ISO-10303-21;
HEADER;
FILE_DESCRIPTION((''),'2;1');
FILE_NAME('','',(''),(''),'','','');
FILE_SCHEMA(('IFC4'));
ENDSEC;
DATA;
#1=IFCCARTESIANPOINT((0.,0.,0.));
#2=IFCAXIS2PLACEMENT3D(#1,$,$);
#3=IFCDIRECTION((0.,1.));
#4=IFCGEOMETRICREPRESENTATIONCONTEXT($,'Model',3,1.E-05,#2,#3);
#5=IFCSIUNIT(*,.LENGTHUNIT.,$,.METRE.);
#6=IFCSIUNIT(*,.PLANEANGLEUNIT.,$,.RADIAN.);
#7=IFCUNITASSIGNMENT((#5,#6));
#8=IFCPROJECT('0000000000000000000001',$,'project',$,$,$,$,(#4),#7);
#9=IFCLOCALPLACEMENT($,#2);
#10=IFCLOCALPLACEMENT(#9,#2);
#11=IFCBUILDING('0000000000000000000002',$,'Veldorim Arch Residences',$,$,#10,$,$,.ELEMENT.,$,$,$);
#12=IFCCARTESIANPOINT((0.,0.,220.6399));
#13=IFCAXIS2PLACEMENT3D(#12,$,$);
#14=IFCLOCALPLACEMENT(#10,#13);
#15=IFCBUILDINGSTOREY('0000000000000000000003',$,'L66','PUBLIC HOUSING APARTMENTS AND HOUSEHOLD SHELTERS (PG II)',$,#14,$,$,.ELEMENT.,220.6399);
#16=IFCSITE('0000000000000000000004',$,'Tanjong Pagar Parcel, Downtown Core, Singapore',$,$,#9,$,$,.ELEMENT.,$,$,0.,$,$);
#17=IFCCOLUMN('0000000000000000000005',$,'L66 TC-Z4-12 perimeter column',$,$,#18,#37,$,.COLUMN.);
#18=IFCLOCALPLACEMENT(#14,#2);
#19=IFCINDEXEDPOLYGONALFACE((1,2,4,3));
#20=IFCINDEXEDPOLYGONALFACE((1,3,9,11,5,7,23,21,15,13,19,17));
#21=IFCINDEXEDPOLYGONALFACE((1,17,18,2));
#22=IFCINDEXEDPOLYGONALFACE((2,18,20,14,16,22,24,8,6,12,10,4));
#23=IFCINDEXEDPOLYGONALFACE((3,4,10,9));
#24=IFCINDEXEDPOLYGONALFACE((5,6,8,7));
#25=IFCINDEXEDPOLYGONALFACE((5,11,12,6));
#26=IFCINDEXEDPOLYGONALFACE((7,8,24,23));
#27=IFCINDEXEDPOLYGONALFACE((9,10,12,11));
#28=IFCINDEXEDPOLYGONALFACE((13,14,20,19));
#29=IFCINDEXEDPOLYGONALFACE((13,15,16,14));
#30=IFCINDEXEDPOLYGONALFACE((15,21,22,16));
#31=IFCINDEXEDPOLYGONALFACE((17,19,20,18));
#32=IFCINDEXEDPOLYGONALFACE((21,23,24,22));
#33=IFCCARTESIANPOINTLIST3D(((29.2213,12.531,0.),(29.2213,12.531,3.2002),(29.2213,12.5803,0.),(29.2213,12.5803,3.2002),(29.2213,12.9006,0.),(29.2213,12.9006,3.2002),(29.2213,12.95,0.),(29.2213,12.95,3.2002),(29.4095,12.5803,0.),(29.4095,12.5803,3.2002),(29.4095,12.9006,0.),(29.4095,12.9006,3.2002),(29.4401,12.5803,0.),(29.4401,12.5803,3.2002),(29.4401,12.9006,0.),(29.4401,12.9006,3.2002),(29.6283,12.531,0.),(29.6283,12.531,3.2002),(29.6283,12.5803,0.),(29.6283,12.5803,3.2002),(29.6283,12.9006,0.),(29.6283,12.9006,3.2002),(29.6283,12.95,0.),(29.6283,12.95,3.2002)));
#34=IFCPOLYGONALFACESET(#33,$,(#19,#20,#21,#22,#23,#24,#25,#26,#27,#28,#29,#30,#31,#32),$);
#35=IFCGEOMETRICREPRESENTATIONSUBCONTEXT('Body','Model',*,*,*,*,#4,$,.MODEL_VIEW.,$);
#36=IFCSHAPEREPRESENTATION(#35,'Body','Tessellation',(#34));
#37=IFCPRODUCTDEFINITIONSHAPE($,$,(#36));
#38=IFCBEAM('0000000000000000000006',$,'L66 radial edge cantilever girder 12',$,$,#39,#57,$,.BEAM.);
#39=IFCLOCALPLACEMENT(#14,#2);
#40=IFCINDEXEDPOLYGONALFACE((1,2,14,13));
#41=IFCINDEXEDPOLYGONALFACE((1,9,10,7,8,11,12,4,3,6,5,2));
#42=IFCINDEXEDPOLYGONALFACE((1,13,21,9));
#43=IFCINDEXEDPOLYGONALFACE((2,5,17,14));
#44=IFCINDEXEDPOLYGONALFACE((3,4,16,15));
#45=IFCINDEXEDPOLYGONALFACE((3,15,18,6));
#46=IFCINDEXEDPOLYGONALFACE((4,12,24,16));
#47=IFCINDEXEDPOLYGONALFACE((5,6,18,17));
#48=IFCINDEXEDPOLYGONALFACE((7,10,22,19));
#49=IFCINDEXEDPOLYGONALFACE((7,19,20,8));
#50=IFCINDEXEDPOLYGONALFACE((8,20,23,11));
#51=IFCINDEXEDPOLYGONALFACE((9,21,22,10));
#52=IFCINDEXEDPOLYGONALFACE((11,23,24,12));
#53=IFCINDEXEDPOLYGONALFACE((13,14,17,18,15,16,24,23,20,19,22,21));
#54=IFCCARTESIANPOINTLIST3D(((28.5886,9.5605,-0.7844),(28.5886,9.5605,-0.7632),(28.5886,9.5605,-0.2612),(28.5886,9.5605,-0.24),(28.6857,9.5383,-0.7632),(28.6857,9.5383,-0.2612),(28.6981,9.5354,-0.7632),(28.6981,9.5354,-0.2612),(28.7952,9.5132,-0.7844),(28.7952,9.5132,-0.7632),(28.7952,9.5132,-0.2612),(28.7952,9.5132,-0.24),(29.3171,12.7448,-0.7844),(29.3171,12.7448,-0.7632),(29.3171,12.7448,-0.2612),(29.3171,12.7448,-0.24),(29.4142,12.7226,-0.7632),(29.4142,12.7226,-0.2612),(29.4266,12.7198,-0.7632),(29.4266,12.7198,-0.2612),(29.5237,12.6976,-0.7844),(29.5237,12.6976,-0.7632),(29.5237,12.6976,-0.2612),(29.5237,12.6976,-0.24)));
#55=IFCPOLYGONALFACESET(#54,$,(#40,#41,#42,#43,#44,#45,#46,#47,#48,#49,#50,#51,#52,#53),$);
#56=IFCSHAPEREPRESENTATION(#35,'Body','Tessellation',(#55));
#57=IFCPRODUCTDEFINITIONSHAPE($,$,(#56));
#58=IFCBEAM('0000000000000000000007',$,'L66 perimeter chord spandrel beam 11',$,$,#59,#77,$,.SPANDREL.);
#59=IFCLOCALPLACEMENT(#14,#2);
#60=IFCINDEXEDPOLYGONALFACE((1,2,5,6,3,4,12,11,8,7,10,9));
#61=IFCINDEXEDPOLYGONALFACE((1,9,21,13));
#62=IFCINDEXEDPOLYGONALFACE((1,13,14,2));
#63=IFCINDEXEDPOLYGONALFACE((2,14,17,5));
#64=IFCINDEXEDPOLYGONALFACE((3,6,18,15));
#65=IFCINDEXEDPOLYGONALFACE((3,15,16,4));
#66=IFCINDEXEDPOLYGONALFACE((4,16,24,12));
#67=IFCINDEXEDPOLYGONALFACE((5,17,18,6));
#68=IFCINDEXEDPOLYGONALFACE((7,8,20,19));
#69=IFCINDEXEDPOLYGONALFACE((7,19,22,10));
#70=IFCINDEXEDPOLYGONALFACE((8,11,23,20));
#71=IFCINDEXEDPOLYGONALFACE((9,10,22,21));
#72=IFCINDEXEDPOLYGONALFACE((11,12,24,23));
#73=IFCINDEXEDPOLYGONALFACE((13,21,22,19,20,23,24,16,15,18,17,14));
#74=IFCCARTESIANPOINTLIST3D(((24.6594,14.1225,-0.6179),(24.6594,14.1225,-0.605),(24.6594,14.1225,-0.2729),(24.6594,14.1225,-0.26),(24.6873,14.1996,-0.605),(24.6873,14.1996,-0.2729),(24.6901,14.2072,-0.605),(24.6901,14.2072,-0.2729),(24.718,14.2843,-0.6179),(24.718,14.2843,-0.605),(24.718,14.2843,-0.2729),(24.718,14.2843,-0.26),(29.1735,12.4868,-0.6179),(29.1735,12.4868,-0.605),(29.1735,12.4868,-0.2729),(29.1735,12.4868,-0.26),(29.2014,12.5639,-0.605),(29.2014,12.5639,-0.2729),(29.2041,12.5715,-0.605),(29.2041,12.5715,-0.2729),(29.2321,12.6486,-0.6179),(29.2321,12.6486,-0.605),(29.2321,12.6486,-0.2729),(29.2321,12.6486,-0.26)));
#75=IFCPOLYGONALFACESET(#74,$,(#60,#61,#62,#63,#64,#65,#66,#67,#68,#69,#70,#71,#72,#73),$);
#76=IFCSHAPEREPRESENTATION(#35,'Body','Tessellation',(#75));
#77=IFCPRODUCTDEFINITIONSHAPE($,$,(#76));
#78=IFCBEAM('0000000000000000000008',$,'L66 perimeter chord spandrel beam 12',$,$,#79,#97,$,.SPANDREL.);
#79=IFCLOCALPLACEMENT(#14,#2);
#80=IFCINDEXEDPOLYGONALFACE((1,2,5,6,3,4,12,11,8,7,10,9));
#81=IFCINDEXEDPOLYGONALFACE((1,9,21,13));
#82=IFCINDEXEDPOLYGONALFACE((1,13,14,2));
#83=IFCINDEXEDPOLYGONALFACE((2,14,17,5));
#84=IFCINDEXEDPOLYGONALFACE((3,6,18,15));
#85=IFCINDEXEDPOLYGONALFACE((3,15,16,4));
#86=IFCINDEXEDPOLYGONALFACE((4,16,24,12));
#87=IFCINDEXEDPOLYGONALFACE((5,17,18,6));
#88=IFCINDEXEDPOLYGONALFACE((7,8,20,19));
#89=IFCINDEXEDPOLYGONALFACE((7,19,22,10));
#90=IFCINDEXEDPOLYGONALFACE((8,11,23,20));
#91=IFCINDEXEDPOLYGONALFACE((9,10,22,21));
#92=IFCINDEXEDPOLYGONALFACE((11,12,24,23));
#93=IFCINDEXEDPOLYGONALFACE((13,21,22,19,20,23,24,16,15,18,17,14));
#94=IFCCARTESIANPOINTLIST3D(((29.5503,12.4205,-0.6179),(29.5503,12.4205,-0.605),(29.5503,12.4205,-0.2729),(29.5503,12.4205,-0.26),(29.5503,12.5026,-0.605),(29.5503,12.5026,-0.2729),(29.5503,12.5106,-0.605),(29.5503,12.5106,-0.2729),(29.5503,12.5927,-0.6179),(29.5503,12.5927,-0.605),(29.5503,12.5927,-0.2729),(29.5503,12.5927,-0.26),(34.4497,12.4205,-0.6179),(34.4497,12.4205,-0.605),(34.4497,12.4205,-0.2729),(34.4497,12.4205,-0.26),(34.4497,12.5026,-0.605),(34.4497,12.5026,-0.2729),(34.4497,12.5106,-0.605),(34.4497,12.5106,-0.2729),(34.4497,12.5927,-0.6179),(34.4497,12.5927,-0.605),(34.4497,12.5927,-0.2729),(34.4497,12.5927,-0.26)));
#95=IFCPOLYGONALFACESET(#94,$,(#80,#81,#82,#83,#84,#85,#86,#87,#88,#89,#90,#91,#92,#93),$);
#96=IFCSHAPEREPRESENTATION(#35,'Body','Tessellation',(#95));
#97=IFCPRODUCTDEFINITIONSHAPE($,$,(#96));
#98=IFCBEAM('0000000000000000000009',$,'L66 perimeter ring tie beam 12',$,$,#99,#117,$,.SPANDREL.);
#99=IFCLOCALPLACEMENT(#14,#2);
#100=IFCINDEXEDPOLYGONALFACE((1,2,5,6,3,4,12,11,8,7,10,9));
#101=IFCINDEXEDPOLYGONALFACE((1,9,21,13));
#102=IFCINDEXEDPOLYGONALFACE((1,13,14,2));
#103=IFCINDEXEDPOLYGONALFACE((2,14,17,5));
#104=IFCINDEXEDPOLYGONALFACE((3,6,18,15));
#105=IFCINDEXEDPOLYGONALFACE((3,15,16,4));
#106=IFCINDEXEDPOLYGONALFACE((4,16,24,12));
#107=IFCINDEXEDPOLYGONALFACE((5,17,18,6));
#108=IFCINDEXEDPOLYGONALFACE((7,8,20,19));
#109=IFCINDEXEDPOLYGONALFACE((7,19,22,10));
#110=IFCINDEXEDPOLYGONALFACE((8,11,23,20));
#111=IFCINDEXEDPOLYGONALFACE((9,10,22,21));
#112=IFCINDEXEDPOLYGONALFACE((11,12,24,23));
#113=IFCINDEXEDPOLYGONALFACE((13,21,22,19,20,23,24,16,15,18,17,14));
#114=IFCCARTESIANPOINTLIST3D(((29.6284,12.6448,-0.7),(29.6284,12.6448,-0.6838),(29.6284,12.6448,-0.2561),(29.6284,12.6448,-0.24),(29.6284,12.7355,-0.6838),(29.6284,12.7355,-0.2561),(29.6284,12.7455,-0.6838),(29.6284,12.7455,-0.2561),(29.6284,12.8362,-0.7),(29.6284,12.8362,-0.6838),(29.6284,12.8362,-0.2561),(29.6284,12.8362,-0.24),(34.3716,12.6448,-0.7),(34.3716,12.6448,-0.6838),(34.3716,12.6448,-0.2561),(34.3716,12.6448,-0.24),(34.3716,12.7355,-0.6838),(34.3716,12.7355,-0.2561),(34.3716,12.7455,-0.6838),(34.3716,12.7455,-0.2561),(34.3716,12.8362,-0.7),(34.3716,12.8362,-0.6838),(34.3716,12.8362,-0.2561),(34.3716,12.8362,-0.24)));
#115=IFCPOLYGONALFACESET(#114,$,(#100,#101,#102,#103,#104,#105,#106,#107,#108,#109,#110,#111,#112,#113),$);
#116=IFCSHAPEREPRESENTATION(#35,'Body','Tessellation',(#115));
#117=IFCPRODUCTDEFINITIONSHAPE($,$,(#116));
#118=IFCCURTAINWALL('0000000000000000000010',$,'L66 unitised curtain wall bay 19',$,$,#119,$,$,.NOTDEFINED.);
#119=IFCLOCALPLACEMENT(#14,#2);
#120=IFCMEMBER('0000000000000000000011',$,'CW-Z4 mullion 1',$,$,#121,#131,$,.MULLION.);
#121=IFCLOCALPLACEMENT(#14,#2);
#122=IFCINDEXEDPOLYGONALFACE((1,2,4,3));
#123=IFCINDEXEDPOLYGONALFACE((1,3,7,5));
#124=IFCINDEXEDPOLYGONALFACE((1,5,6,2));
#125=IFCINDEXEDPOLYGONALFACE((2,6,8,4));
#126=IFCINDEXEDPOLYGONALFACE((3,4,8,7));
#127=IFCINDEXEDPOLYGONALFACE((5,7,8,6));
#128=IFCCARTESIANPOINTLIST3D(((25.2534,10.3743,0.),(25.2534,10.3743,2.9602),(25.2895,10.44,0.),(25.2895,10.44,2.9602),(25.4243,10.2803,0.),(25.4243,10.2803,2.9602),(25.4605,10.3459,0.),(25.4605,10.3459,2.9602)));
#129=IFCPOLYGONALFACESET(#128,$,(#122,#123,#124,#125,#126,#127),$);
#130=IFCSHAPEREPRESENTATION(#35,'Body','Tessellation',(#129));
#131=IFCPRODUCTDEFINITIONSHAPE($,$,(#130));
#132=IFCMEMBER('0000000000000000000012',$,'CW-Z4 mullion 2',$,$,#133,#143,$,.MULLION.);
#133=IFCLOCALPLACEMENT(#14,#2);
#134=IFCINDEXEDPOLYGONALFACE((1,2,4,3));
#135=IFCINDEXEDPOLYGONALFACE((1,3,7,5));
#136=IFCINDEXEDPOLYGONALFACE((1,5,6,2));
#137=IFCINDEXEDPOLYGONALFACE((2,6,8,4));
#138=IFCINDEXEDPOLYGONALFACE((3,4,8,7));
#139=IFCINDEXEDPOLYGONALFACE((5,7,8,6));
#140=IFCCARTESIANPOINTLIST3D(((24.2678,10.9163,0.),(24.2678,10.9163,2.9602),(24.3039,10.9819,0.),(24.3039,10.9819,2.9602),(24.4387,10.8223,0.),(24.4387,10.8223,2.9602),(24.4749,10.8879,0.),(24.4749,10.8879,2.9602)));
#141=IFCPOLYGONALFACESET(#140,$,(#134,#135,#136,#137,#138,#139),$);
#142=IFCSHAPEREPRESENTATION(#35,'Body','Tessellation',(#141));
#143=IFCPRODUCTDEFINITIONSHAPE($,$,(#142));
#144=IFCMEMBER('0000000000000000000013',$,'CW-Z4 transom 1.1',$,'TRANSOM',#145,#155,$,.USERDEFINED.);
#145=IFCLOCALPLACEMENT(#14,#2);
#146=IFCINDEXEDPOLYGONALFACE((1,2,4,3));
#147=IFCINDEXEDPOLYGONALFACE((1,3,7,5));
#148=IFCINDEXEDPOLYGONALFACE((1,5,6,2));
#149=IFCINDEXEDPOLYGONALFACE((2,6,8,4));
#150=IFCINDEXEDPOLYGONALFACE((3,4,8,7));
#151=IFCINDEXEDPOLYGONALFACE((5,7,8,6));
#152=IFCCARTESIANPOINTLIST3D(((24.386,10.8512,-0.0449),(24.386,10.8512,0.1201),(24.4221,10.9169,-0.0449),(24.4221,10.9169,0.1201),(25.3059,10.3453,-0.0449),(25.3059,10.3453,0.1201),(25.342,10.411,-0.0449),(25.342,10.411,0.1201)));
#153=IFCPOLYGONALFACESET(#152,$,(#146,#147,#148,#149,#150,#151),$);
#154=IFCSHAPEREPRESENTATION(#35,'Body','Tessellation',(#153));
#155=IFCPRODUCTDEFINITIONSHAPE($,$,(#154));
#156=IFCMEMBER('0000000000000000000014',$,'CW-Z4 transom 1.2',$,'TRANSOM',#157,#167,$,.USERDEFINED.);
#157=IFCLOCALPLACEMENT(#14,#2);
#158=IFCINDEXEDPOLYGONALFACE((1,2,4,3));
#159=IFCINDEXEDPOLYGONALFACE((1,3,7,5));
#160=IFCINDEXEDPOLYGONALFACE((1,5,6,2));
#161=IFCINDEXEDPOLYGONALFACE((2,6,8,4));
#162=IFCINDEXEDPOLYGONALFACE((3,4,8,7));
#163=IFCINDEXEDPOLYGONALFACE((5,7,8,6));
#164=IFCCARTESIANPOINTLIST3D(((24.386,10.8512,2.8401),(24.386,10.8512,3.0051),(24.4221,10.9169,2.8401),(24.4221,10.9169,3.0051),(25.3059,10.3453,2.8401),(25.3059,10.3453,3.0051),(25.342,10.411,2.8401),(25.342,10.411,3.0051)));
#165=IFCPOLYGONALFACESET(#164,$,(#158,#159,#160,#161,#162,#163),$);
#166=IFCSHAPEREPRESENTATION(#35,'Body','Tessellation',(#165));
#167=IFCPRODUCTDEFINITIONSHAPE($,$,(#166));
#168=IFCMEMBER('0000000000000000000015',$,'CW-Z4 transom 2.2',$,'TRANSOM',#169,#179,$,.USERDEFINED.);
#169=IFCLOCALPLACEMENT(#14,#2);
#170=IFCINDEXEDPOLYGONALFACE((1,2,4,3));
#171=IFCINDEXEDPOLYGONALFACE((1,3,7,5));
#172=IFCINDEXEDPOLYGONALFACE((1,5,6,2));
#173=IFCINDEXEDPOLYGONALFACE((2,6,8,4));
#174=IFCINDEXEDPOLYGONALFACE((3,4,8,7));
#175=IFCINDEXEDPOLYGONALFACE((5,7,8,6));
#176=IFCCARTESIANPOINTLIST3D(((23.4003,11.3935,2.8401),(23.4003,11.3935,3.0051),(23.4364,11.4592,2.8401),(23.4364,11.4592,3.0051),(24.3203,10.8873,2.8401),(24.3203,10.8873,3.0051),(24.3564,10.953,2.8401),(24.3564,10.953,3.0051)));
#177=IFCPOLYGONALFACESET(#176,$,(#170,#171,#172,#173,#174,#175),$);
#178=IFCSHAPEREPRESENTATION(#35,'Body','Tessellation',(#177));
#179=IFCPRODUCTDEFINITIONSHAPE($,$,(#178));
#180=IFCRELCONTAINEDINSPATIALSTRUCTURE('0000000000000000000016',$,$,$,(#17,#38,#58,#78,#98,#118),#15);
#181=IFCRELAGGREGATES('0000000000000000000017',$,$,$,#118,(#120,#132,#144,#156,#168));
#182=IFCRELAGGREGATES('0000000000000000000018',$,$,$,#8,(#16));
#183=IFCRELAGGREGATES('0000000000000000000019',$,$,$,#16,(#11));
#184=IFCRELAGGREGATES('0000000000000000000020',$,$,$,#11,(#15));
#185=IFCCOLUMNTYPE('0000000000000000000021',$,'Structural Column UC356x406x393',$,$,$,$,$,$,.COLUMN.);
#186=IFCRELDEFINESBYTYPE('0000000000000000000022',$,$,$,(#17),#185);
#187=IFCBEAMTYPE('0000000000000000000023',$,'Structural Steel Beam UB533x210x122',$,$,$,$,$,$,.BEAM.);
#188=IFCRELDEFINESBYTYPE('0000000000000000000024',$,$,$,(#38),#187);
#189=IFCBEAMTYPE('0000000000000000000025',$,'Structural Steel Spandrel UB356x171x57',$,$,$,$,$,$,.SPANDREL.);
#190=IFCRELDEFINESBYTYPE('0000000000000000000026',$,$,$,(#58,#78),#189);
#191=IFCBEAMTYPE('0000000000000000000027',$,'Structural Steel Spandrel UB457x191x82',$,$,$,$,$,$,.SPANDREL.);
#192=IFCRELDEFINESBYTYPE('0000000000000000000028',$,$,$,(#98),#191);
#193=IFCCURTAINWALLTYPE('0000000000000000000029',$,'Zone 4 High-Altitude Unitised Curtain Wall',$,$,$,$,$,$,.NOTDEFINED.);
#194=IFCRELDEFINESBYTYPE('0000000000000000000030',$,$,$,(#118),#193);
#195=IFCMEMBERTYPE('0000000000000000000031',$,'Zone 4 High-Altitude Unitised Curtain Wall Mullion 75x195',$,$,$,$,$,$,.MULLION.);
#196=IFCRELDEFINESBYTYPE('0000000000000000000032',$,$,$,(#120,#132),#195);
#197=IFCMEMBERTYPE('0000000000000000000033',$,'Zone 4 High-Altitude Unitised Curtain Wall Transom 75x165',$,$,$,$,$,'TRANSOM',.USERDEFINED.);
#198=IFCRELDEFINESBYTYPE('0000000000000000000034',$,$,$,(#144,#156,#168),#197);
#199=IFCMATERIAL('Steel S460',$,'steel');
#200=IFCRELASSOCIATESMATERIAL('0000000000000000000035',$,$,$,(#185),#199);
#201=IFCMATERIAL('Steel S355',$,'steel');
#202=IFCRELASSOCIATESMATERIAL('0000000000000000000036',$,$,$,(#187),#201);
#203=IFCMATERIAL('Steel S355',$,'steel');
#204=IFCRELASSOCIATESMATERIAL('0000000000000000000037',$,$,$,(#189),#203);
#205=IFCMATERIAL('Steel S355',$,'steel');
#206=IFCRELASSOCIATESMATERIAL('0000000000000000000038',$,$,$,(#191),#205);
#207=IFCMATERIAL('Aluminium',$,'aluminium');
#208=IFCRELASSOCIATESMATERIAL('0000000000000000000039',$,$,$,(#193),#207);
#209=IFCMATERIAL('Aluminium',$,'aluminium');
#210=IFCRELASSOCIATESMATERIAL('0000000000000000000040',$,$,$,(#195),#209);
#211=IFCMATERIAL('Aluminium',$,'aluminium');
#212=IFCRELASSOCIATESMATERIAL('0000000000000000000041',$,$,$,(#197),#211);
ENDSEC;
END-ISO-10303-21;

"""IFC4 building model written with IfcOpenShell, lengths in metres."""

from ifc_helpers import new_model, si_unit, direction, frame, origin, origin_2d, place, context, subcontext, project, spatial, rectangle, i_section, extrude, material, material_profile, profile_set, type_object, element, aggregate, save


model = new_model("IFC4")

# Units and contexts
model_context = context("Model", 3, precision=1e-05, world=origin(), true_north=direction((0.0, 1.0)))
body_context = subcontext(model_context, "Body", "Model", "MODEL_VIEW")
ifc_project = project(units=[si_unit("LENGTHUNIT", "METRE"), si_unit("PLANEANGLEUNIT", "RADIAN")], contexts=[model_context])

# Site, building, storey
site_placement = place(None, origin())
site = spatial("IfcSite", under=ifc_project, at=site_placement, Name="Tanjong Pagar Parcel, Downtown Core, Singapore", CompositionType="ELEMENT", RefElevation=0.0)
building_placement = place(site_placement, origin())
building = spatial("IfcBuilding", under=site, at=building_placement, Name="Veldorim Arch Residences", CompositionType="ELEMENT")
storey_placement = place(building_placement, frame((0.0, 0.0, 220.6399)))
storey = spatial("IfcBuildingStorey", under=building, at=storey_placement, Name="L66", Description="PUBLIC HOUSING APARTMENTS AND HOUSEHOLD SHELTERS (PG II)", CompositionType="ELEMENT", Elevation=220.6399)

# Column
ifc_material_1 = material(Name="Steel S460", Category="steel")
ifc_material_profile_1 = material_profile(ifc_material_1, i_section(OverallWidth=0.407, OverallDepth=0.4189, WebThickness=0.0305, FlangeThickness=0.0493, at=origin_2d()), Name="UC356x406x393")
ifc_profile_set_1 = profile_set([ifc_material_profile_1], Name="Steel S460")
column_type = type_object("IfcColumnType", Name="Structural Column UC356x406x393", PredefinedType="COLUMN", material=ifc_profile_set_1)
column_placement = place(storey_placement, frame((29.4248, 12.7405, 0.0), z_axis=(0.0, 0.0, 1.0), x_axis=(1.0, 0.0, 0.0)))
element("IfcColumn", 1, at=column_placement, inside=storey, type_object=column_type, Name="L66 TC-Z4-12 perimeter column", PredefinedType="COLUMN", context=body_context, shape_type="SweptSolid", body=[
    extrude(i_section(OverallWidth=0.407, OverallDepth=0.4189, WebThickness=0.0305, FlangeThickness=0.0493, at=origin_2d()), origin(), (0.0, 0.0, 1.0), 3.2002),
])

# Beams
ifc_material_2 = material(Name="Steel S355", Category="steel")
ifc_material_profile_2 = material_profile(ifc_material_2, i_section(OverallWidth=0.2119, OverallDepth=0.5444, WebThickness=0.0127, FlangeThickness=0.0212, at=origin_2d()), Name="UB533x210x122")
ifc_profile_set_2 = profile_set([ifc_material_profile_2], Name="Steel S355")
beam_type_1 = type_object("IfcBeamType", Name="Structural Steel Beam UB533x210x122", PredefinedType="BEAM", material=ifc_profile_set_2)
beam_1_placement = place(storey_placement, frame((29.4204, 12.7212, -0.5122), z_axis=(-0.22302, -0.974814, 0.0), x_axis=(0.974814, -0.22302, 0.0)))
element("IfcBeam", 2, at=beam_1_placement, inside=storey, type_object=beam_type_1, Name="L66 radial edge cantilever girder 12", PredefinedType="BEAM", context=body_context, shape_type="SweptSolid", body=[
    extrude(i_section(OverallWidth=0.2119, OverallDepth=0.5444, WebThickness=0.0127, FlangeThickness=0.0212, at=origin_2d()), origin(), (0.0, 0.0, 1.0), 3.2666),
])
ifc_material_3 = material(Name="Steel S355", Category="steel")
ifc_material_profile_3 = material_profile(ifc_material_3, i_section(OverallWidth=0.1721, OverallDepth=0.3579, WebThickness=0.0081, FlangeThickness=0.0129, at=origin_2d()), Name="UB356x171x57")
ifc_profile_set_3 = profile_set([ifc_material_profile_3], Name="Steel S355")
beam_type_2 = type_object("IfcBeamType", Name="Structural Steel Spandrel UB356x171x57", PredefinedType="SPANDREL", material=ifc_profile_set_3)
beam_2_placement = place(storey_placement, frame((24.6887, 14.2034, -0.439), z_axis=(0.940179, -0.340681, 0.0), x_axis=(0.340681, 0.940179, 0.0)))
element("IfcBeam", 3, at=beam_2_placement, inside=storey, type_object=beam_type_2, Name="L66 perimeter chord spandrel beam 11", PredefinedType="SPANDREL", context=body_context, shape_type="SweptSolid", body=[
    extrude(i_section(OverallWidth=0.1721, OverallDepth=0.3579, WebThickness=0.0081, FlangeThickness=0.0129, at=origin_2d()), origin(), (0.0, 0.0, 1.0), 4.8013),
])
beam_3_placement = place(storey_placement, frame((29.5503, 12.5066, -0.439), z_axis=(1.0, 0.0, 0.0), x_axis=(0.0, 1.0, 0.0)))
element("IfcBeam", 4, at=beam_3_placement, inside=storey, type_object=beam_type_2, Name="L66 perimeter chord spandrel beam 12", PredefinedType="SPANDREL", context=body_context, shape_type="SweptSolid", body=[
    extrude(i_section(OverallWidth=0.1721, OverallDepth=0.3579, WebThickness=0.0081, FlangeThickness=0.0129, at=origin_2d()), origin(), (0.0, 0.0, 1.0), 4.8994),
])
ifc_material_4 = material(Name="Steel S355", Category="steel")
ifc_material_profile_4 = material_profile(ifc_material_4, i_section(OverallWidth=0.1914, OverallDepth=0.46, WebThickness=0.01, FlangeThickness=0.0161, at=origin_2d()), Name="UB457x191x82")
ifc_profile_set_4 = profile_set([ifc_material_profile_4], Name="Steel S355")
beam_type_3 = type_object("IfcBeamType", Name="Structural Steel Spandrel UB457x191x82", PredefinedType="SPANDREL", material=ifc_profile_set_4)
beam_4_placement = place(storey_placement, frame((29.6284, 12.7405, -0.47), z_axis=(1.0, 0.0, 0.0), x_axis=(0.0, 1.0, 0.0)))
element("IfcBeam", 5, at=beam_4_placement, inside=storey, type_object=beam_type_3, Name="L66 perimeter ring tie beam 12", PredefinedType="SPANDREL", context=body_context, shape_type="SweptSolid", body=[
    extrude(i_section(OverallWidth=0.1914, OverallDepth=0.46, WebThickness=0.01, FlangeThickness=0.0161, at=origin_2d()), origin(), (0.0, 0.0, 1.0), 4.7432),
])

# Curtain wall, members
ifc_material_5 = material(Name="Aluminium", Category="aluminium")
curtain_wall_type = type_object("IfcCurtainWallType", Name="Zone 4 High-Altitude Unitised Curtain Wall", PredefinedType="NOTDEFINED", material=ifc_material_5)
curtain_wall_placement = place(storey_placement, origin())
curtain_wall = element("IfcCurtainWall", 6, at=curtain_wall_placement, inside=storey, type_object=curtain_wall_type, Name="L66 unitised curtain wall bay 19", PredefinedType="NOTDEFINED")
ifc_material_6 = material(Name="Aluminium", Category="aluminium")
ifc_material_profile_5 = material_profile(ifc_material_6, rectangle(XDim=0.075, YDim=0.1951, at=origin_2d()), Name="ALU_MUL_75x195")
ifc_profile_set_5 = profile_set([ifc_material_profile_5], Name="Aluminium")
member_type_1 = type_object("IfcMemberType", Name="Zone 4 High-Altitude Unitised Curtain Wall Mullion 75x195", PredefinedType="MULLION", material=ifc_profile_set_5)
member_1_placement = place(storey_placement, frame((25.3569, 10.3601, 0.0), z_axis=(0.0, 0.0, 1.0), x_axis=(-0.481953, -0.876197, 0.0)))
member_1 = element("IfcMember", 7, at=member_1_placement, type_object=member_type_1, Name="CW-Z4 mullion 1", PredefinedType="MULLION", context=body_context, shape_type="SweptSolid", body=[
    extrude(rectangle(XDim=0.075, YDim=0.1951, at=origin_2d()), origin(), (0.0, 0.0, 1.0), 2.9602),
])
member_2_placement = place(storey_placement, frame((24.3713, 10.9021, 0.0), z_axis=(0.0, 0.0, 1.0), x_axis=(-0.481953, -0.876197, 0.0)))
member_2 = element("IfcMember", 8, at=member_2_placement, type_object=member_type_1, Name="CW-Z4 mullion 2", PredefinedType="MULLION", context=body_context, shape_type="SweptSolid", body=[
    extrude(rectangle(XDim=0.075, YDim=0.1951, at=origin_2d()), origin(), (0.0, 0.0, 1.0), 2.9602),
])
ifc_material_7 = material(Name="Aluminium", Category="aluminium")
ifc_material_profile_6 = material_profile(ifc_material_7, rectangle(XDim=0.075, YDim=0.165, at=origin_2d()), Name="ALU_TRN_75x165")
ifc_profile_set_6 = profile_set([ifc_material_profile_6], Name="Aluminium")
member_type_2 = type_object("IfcMemberType", Name="Zone 4 High-Altitude Unitised Curtain Wall Transom 75x165", ElementType="TRANSOM", PredefinedType="USERDEFINED", material=ifc_profile_set_6)
member_3_placement = place(storey_placement, frame((25.324, 10.3782, 0.0376), z_axis=(-0.876255, 0.481847, 0.0), x_axis=(-0.481847, -0.876255, 0.0)))
member_3 = element("IfcMember", 9, at=member_3_placement, type_object=member_type_2, Name="CW-Z4 transom 1.1", ObjectType="TRANSOM", PredefinedType="USERDEFINED", context=body_context, shape_type="SweptSolid", body=[
    extrude(rectangle(XDim=0.075, YDim=0.165, at=origin_2d()), origin(), (0.0, 0.0, 1.0), 1.0498),
])
member_4_placement = place(storey_placement, frame((25.324, 10.3782, 2.9226), z_axis=(-0.876255, 0.481847, 0.0), x_axis=(-0.481847, -0.876255, 0.0)))
member_4 = element("IfcMember", 10, at=member_4_placement, type_object=member_type_2, Name="CW-Z4 transom 1.2", ObjectType="TRANSOM", PredefinedType="USERDEFINED", context=body_context, shape_type="SweptSolid", body=[
    extrude(rectangle(XDim=0.075, YDim=0.165, at=origin_2d()), origin(), (0.0, 0.0, 1.0), 1.0498),
])
member_5_placement = place(storey_placement, frame((24.3384, 10.9202, 2.9226), z_axis=(-0.876157, 0.482026, 0.0), x_axis=(-0.482026, -0.876157, 0.0)))
member_5 = element("IfcMember", 11, at=member_5_placement, type_object=member_type_2, Name="CW-Z4 transom 2.2", ObjectType="TRANSOM", PredefinedType="USERDEFINED", context=body_context, shape_type="SweptSolid", body=[
    extrude(rectangle(XDim=0.075, YDim=0.165, at=origin_2d()), origin(), (0.0, 0.0, 1.0), 1.05),
])
aggregate(curtain_wall, [member_1, member_2, member_3, member_4, member_5])

save(model, "model.ifc")
